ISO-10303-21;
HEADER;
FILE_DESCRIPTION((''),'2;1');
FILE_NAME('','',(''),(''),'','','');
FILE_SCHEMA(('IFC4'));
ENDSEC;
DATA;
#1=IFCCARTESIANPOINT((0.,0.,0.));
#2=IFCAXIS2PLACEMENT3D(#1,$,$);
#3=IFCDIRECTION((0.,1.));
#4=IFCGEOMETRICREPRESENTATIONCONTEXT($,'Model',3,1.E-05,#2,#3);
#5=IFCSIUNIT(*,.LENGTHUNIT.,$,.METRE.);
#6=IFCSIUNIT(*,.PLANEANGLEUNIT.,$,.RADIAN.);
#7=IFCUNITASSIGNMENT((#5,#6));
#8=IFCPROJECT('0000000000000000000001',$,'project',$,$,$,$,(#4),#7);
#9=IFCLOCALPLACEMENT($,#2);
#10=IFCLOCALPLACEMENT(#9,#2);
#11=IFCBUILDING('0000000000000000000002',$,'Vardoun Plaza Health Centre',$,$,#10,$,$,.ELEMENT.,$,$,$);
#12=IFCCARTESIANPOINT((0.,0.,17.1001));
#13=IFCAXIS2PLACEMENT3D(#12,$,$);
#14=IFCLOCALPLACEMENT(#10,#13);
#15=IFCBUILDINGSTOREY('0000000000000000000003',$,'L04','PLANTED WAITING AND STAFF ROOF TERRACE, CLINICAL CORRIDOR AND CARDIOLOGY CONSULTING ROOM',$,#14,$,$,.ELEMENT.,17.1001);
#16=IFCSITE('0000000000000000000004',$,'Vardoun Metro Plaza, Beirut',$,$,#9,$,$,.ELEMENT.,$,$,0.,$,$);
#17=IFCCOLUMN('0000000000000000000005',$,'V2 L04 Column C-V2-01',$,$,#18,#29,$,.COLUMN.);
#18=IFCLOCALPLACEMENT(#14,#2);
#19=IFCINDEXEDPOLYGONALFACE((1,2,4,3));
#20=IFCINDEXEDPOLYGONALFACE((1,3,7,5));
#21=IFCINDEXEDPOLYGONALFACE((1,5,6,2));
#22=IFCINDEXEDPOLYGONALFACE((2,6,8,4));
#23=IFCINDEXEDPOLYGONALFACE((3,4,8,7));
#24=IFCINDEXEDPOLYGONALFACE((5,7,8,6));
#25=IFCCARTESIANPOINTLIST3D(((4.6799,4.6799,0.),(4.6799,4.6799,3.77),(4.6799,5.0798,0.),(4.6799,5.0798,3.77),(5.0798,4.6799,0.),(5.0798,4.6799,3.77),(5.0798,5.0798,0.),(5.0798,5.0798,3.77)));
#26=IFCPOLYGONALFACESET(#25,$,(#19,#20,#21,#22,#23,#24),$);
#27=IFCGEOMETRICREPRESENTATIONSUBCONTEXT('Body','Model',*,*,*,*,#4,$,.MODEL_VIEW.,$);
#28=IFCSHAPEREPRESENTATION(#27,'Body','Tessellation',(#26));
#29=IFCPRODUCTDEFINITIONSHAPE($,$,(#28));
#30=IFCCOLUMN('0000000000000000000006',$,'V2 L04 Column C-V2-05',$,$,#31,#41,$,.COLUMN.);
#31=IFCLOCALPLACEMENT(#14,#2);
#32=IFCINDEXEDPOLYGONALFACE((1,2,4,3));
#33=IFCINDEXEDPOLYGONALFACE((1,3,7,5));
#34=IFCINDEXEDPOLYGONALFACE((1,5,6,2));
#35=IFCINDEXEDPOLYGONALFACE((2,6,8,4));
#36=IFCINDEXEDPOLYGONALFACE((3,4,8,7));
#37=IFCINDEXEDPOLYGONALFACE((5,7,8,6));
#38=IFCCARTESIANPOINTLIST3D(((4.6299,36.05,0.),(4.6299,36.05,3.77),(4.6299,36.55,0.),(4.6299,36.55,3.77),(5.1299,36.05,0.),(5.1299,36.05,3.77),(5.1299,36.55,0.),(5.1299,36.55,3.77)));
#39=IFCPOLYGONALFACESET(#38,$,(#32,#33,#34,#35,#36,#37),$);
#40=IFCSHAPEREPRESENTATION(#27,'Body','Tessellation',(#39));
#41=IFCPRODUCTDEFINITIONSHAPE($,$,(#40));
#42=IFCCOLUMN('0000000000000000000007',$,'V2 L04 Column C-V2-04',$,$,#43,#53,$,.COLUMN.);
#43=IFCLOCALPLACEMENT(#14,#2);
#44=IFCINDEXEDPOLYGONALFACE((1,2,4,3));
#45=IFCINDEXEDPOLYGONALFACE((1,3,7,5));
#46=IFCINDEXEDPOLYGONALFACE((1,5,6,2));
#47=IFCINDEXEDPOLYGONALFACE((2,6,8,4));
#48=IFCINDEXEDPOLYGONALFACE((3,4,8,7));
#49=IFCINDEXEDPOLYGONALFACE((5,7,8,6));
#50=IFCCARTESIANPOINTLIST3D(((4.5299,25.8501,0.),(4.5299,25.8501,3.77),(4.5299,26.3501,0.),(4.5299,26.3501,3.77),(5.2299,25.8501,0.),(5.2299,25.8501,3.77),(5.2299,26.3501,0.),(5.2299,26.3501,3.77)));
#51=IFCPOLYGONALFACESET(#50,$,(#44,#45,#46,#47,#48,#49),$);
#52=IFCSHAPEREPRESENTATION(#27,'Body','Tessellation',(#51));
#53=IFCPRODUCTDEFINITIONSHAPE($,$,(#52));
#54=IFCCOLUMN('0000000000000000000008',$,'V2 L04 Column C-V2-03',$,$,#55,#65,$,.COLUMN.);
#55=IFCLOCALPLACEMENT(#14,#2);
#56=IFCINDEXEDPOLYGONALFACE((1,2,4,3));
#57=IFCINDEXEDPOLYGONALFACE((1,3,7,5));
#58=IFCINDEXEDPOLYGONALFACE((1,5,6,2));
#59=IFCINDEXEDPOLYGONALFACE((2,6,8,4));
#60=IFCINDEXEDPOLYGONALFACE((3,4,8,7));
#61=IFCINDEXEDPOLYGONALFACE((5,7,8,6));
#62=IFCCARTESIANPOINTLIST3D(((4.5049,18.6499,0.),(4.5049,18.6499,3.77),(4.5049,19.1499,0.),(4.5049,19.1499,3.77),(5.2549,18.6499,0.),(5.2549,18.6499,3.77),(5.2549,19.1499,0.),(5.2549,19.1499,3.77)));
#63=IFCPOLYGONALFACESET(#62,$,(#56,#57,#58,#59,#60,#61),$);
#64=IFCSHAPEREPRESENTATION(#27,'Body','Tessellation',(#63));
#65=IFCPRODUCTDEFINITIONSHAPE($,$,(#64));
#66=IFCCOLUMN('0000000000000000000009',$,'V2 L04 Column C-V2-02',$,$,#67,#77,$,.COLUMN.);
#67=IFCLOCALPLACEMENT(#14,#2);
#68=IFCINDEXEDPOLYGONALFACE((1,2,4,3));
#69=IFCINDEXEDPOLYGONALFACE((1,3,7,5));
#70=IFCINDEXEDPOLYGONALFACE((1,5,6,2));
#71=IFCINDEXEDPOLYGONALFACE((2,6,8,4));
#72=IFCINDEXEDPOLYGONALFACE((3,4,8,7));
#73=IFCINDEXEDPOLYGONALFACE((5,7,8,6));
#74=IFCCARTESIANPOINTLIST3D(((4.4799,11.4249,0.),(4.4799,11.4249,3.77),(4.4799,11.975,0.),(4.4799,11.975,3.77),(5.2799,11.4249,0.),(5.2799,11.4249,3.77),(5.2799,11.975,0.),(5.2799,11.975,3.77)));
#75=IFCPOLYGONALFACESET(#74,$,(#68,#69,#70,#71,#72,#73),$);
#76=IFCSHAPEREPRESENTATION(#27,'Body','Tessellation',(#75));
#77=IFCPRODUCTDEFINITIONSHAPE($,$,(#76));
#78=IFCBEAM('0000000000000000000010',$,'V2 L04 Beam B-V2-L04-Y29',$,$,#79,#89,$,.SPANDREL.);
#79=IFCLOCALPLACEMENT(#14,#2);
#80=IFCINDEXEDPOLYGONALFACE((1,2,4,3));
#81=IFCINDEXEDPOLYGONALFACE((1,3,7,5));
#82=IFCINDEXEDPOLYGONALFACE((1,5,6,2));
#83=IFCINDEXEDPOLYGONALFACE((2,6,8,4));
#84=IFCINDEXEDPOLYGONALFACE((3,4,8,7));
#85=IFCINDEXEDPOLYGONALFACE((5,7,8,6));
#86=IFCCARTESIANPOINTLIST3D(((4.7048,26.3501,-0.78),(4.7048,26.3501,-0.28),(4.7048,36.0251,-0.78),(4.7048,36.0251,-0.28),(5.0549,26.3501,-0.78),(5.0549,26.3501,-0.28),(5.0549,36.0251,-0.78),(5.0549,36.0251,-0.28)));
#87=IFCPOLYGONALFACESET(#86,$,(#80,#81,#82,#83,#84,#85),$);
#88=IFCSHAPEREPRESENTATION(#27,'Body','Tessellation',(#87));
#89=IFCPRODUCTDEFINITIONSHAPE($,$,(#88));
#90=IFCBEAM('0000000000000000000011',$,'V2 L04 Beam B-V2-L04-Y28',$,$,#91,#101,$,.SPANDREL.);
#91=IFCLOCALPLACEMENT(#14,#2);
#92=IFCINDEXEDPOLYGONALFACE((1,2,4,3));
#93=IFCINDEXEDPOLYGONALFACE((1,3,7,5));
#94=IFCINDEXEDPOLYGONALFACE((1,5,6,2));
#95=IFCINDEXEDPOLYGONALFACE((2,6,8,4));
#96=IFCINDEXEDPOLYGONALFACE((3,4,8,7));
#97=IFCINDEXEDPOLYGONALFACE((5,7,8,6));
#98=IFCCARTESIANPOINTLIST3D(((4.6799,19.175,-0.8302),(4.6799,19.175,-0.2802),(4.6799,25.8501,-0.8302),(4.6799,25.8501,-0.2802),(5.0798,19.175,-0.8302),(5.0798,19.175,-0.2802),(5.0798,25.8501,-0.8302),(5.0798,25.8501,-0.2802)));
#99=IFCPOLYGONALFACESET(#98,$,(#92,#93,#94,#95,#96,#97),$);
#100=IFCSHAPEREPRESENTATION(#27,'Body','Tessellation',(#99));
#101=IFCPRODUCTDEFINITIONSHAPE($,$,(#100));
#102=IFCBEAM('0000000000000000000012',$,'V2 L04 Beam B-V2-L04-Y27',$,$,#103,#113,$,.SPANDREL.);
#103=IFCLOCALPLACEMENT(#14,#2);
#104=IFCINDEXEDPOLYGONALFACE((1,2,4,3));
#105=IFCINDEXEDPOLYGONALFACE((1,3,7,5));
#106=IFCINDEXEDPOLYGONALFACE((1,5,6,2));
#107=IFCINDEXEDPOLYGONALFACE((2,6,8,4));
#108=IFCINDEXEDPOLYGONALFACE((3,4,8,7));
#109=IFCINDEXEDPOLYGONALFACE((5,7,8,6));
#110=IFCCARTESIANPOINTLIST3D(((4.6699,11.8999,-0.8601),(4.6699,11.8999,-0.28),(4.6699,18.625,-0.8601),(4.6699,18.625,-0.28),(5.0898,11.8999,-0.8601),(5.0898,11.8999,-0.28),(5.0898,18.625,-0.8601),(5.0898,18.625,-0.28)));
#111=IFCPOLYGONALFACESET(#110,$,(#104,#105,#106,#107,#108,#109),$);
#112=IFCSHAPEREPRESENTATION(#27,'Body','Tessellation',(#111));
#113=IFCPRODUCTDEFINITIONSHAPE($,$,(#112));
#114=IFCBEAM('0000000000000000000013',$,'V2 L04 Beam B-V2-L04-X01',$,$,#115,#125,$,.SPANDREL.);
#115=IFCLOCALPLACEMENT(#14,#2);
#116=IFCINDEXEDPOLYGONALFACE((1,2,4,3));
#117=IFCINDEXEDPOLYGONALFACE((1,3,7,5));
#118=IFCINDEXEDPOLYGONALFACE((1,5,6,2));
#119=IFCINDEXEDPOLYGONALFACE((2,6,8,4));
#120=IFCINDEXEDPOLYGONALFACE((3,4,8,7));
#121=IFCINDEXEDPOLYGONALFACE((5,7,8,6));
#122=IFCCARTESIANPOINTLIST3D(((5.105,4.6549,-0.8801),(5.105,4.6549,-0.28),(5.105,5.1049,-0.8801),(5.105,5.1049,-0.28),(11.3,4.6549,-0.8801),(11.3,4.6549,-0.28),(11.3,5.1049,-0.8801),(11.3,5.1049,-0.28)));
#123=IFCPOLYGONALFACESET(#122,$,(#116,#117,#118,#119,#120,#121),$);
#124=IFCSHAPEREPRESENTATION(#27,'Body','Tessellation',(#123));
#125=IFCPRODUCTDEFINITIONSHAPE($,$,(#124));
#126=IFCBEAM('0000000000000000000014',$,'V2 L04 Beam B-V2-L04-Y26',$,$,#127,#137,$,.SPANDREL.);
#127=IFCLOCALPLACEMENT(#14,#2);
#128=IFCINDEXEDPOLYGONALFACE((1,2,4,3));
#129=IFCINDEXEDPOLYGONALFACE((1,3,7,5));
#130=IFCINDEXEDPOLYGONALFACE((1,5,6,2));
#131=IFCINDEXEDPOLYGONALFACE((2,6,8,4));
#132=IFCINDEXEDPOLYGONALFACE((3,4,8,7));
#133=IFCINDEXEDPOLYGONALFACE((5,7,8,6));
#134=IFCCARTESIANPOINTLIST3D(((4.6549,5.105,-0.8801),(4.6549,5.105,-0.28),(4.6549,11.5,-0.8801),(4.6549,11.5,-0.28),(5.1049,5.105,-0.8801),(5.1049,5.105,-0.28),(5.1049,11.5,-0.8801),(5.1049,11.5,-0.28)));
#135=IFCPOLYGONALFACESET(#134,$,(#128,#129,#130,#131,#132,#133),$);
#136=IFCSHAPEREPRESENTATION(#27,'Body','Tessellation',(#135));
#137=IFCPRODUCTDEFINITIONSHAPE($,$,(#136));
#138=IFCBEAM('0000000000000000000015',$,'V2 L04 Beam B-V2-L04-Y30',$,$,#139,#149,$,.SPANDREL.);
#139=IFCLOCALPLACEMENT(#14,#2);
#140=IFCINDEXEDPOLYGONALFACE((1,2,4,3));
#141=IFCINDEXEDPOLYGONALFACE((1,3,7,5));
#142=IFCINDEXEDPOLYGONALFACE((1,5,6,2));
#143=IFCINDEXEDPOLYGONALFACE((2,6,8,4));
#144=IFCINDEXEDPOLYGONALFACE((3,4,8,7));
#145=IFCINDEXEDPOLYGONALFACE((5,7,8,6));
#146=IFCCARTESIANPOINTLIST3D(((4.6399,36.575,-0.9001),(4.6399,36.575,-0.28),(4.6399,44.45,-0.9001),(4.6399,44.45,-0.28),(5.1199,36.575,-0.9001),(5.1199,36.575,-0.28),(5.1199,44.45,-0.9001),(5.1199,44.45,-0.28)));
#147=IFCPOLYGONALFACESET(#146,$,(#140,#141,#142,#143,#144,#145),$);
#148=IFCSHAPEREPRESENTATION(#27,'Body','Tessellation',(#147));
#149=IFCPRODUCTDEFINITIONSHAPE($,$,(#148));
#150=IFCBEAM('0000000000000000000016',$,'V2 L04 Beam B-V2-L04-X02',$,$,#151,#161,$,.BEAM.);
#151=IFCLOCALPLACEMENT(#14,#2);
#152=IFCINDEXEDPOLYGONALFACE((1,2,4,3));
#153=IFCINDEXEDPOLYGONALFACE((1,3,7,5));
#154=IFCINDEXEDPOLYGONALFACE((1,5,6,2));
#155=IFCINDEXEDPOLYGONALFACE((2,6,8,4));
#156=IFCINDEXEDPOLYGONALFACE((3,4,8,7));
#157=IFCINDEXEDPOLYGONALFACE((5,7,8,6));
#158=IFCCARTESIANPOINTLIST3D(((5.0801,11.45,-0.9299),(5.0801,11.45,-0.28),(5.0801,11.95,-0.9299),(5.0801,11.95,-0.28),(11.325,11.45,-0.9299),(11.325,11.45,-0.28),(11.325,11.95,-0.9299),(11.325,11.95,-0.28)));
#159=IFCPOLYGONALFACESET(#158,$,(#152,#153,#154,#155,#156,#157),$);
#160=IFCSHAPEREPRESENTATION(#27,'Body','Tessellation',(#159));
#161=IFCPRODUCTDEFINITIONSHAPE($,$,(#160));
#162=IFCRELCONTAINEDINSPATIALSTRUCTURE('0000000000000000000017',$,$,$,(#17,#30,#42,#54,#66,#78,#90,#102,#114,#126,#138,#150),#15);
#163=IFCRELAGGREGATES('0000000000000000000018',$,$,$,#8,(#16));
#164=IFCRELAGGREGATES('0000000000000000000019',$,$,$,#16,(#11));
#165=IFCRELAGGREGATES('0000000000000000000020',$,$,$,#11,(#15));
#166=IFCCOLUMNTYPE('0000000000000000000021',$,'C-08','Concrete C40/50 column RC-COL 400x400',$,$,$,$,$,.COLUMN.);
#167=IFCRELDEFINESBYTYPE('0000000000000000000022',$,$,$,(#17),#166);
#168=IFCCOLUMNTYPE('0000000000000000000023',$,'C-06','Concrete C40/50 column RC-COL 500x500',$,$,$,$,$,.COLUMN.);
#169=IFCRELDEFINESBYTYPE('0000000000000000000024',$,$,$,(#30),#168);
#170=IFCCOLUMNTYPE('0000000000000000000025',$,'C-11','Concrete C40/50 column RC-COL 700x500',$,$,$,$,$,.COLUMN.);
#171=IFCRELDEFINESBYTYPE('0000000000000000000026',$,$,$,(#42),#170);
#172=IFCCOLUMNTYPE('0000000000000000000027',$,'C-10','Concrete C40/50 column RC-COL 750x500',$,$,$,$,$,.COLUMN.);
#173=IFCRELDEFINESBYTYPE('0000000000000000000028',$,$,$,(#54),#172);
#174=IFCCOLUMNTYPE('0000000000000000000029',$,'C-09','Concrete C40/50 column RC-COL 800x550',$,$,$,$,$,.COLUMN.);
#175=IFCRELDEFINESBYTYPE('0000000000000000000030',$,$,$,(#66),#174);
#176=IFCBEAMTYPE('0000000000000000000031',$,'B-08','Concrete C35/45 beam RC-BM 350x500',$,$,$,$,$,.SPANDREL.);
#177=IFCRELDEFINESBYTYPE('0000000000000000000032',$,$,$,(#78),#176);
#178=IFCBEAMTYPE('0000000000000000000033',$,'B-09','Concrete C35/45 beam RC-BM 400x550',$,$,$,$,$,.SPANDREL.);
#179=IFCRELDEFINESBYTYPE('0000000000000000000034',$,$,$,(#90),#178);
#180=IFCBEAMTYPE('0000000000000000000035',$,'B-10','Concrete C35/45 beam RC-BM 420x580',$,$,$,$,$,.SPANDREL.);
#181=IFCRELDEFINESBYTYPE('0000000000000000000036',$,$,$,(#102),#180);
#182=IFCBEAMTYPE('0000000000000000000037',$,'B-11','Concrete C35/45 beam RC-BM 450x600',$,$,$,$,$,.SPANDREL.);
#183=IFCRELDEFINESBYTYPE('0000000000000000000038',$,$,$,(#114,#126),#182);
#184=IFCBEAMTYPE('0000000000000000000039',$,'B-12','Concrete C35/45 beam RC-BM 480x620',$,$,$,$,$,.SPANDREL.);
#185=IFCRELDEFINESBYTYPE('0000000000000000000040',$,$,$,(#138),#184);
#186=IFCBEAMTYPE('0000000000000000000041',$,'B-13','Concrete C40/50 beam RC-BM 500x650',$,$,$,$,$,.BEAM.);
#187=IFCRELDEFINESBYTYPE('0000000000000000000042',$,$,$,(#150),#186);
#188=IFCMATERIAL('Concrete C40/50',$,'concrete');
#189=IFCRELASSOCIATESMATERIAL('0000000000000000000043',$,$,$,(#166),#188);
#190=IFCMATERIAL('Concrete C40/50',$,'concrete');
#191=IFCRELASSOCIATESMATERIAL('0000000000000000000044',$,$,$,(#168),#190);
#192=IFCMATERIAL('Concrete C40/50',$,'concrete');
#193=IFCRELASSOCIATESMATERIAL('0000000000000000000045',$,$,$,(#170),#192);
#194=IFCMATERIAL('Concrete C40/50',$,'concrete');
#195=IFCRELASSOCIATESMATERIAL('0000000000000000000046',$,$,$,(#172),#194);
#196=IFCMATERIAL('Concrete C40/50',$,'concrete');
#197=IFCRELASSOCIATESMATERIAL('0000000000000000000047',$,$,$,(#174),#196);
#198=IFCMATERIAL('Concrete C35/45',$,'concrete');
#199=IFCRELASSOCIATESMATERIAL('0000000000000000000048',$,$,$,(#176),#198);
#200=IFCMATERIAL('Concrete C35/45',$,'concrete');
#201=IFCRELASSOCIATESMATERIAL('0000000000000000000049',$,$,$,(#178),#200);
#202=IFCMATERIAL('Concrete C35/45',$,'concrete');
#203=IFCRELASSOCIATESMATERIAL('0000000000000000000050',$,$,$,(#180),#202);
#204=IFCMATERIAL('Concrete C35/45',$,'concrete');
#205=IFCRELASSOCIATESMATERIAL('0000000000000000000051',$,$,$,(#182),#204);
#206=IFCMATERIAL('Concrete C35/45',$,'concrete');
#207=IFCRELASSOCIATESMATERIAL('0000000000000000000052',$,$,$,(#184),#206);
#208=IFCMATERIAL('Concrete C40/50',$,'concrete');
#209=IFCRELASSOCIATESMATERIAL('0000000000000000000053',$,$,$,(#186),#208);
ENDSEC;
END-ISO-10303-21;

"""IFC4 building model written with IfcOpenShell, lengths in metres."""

from ifc_helpers import new_model, si_unit, direction, frame, origin, origin_2d, place, context, subcontext, project, spatial, rectangle, extrude, material, material_profile, profile_set, type_object, element, save


model = new_model("IFC4")

# Units and contexts
model_context = context("Model", 3, precision=1e-05, world=origin(), true_north=direction((0.0, 1.0)))
body_context = subcontext(model_context, "Body", "Model", "MODEL_VIEW")
ifc_project = project(units=[si_unit("LENGTHUNIT", "METRE"), si_unit("PLANEANGLEUNIT", "RADIAN")], contexts=[model_context])

# Site, building, storey
site_placement = place(None, origin())
site = spatial("IfcSite", under=ifc_project, at=site_placement, Name="Vardoun Metro Plaza, Beirut", CompositionType="ELEMENT", RefElevation=0.0)
building_placement = place(site_placement, origin())
building = spatial("IfcBuilding", under=site, at=building_placement, Name="Vardoun Plaza Health Centre", CompositionType="ELEMENT")
storey_placement = place(building_placement, frame((0.0, 0.0, 17.1001)))
storey = spatial("IfcBuildingStorey", under=building, at=storey_placement, Name="L04", Description="PLANTED WAITING AND STAFF ROOF TERRACE, CLINICAL CORRIDOR AND CARDIOLOGY CONSULTING ROOM", CompositionType="ELEMENT", Elevation=17.1001)

# Columns
ifc_material_1 = material(Name="Concrete C40/50", Category="concrete")
ifc_material_profile_1 = material_profile(ifc_material_1, rectangle(XDim=0.3999, YDim=0.3999, at=origin_2d()), Name="RC-COL 400x400")
ifc_profile_set_1 = profile_set([ifc_material_profile_1], Name="Concrete C40/50")
column_type_1 = type_object("IfcColumnType", Name="C-08", Description="Concrete C40/50 column RC-COL 400x400", PredefinedType="COLUMN", material=ifc_profile_set_1)
column_1_placement = place(storey_placement, frame((4.8799, 4.8799, 0.0), z_axis=(0.0, 0.0, 1.0), x_axis=(1.0, 0.0, 0.0)))
element("IfcColumn", 1, at=column_1_placement, inside=storey, type_object=column_type_1, Name="V2 L04 Column C-V2-01", PredefinedType="COLUMN", context=body_context, shape_type="SweptSolid", body=[
    extrude(rectangle(XDim=0.3999, YDim=0.3999, at=origin_2d()), origin(), (0.0, 0.0, 1.0), 3.77),
])
ifc_material_2 = material(Name="Concrete C40/50", Category="concrete")
ifc_material_profile_2 = material_profile(ifc_material_2, rectangle(XDim=0.5, YDim=0.5, at=origin_2d()), Name="RC-COL 500x500")
ifc_profile_set_2 = profile_set([ifc_material_profile_2], Name="Concrete C40/50")
column_type_2 = type_object("IfcColumnType", Name="C-06", Description="Concrete C40/50 column RC-COL 500x500", PredefinedType="COLUMN", material=ifc_profile_set_2)
column_2_placement = place(storey_placement, frame((4.8799, 36.3, 0.0), z_axis=(0.0, 0.0, 1.0), x_axis=(1.0, 0.0, 0.0)))
element("IfcColumn", 2, at=column_2_placement, inside=storey, type_object=column_type_2, Name="V2 L04 Column C-V2-05", PredefinedType="COLUMN", context=body_context, shape_type="SweptSolid", body=[
    extrude(rectangle(XDim=0.5, YDim=0.5, at=origin_2d()), origin(), (0.0, 0.0, 1.0), 3.77),
])
ifc_material_3 = material(Name="Concrete C40/50", Category="concrete")
ifc_material_profile_3 = material_profile(ifc_material_3, rectangle(XDim=0.7, YDim=0.5, at=origin_2d()), Name="RC-COL 700x500")
ifc_profile_set_3 = profile_set([ifc_material_profile_3], Name="Concrete C40/50")
column_type_3 = type_object("IfcColumnType", Name="C-11", Description="Concrete C40/50 column RC-COL 700x500", PredefinedType="COLUMN", material=ifc_profile_set_3)
column_3_placement = place(storey_placement, frame((4.8799, 26.1001, 0.0), z_axis=(0.0, 0.0, 1.0), x_axis=(1.0, 0.0, 0.0)))
element("IfcColumn", 3, at=column_3_placement, inside=storey, type_object=column_type_3, Name="V2 L04 Column C-V2-04", PredefinedType="COLUMN", context=body_context, shape_type="SweptSolid", body=[
    extrude(rectangle(XDim=0.7, YDim=0.5, at=origin_2d()), origin(), (0.0, 0.0, 1.0), 3.77),
])
ifc_material_4 = material(Name="Concrete C40/50", Category="concrete")
ifc_material_profile_4 = material_profile(ifc_material_4, rectangle(XDim=0.75, YDim=0.5, at=origin_2d()), Name="RC-COL 750x500")
ifc_profile_set_4 = profile_set([ifc_material_profile_4], Name="Concrete C40/50")
column_type_4 = type_object("IfcColumnType", Name="C-10", Description="Concrete C40/50 column RC-COL 750x500", PredefinedType="COLUMN", material=ifc_profile_set_4)
column_4_placement = place(storey_placement, frame((4.8799, 18.8999, 0.0), z_axis=(0.0, 0.0, 1.0), x_axis=(1.0, 0.0, 0.0)))
element("IfcColumn", 4, at=column_4_placement, inside=storey, type_object=column_type_4, Name="V2 L04 Column C-V2-03", PredefinedType="COLUMN", context=body_context, shape_type="SweptSolid", body=[
    extrude(rectangle(XDim=0.75, YDim=0.5, at=origin_2d()), origin(), (0.0, 0.0, 1.0), 3.77),
])
ifc_material_5 = material(Name="Concrete C40/50", Category="concrete")
ifc_material_profile_5 = material_profile(ifc_material_5, rectangle(XDim=0.8, YDim=0.55, at=origin_2d()), Name="RC-COL 800x550")
ifc_profile_set_5 = profile_set([ifc_material_profile_5], Name="Concrete C40/50")
column_type_5 = type_object("IfcColumnType", Name="C-09", Description="Concrete C40/50 column RC-COL 800x550", PredefinedType="COLUMN", material=ifc_profile_set_5)
column_5_placement = place(storey_placement, frame((4.8799, 11.7, 0.0), z_axis=(0.0, 0.0, 1.0), x_axis=(1.0, 0.0, 0.0)))
element("IfcColumn", 5, at=column_5_placement, inside=storey, type_object=column_type_5, Name="V2 L04 Column C-V2-02", PredefinedType="COLUMN", context=body_context, shape_type="SweptSolid", body=[
    extrude(rectangle(XDim=0.8, YDim=0.55, at=origin_2d()), origin(), (0.0, 0.0, 1.0), 3.77),
])

# Beams
ifc_material_6 = material(Name="Concrete C35/45", Category="concrete")
ifc_material_profile_6 = material_profile(ifc_material_6, rectangle(XDim=0.3501, YDim=0.5, at=origin_2d()), Name="RC-BM 350x500")
ifc_profile_set_6 = profile_set([ifc_material_profile_6], Name="Concrete C35/45")
beam_type_1 = type_object("IfcBeamType", Name="B-08", Description="Concrete C35/45 beam RC-BM 350x500", PredefinedType="SPANDREL", material=ifc_profile_set_6)
beam_1_placement = place(storey_placement, frame((4.8799, 26.3501, -0.53), z_axis=(0.0, 1.0, 0.0), x_axis=(-1.0, 0.0, 0.0)))
element("IfcBeam", 6, at=beam_1_placement, inside=storey, type_object=beam_type_1, Name="V2 L04 Beam B-V2-L04-Y29", PredefinedType="SPANDREL", context=body_context, shape_type="SweptSolid", body=[
    extrude(rectangle(XDim=0.3501, YDim=0.5, at=origin_2d()), origin(), (0.0, 0.0, 1.0), 9.675),
])
ifc_material_7 = material(Name="Concrete C35/45", Category="concrete")
ifc_material_profile_7 = material_profile(ifc_material_7, rectangle(XDim=0.3999, YDim=0.55, at=origin_2d()), Name="RC-BM 400x550")
ifc_profile_set_7 = profile_set([ifc_material_profile_7], Name="Concrete C35/45")
beam_type_2 = type_object("IfcBeamType", Name="B-09", Description="Concrete C35/45 beam RC-BM 400x550", PredefinedType="SPANDREL", material=ifc_profile_set_7)
beam_2_placement = place(storey_placement, frame((4.8799, 19.175, -0.5552), z_axis=(0.0, 1.0, 0.0), x_axis=(-1.0, 0.0, 0.0)))
element("IfcBeam", 7, at=beam_2_placement, inside=storey, type_object=beam_type_2, Name="V2 L04 Beam B-V2-L04-Y28", PredefinedType="SPANDREL", context=body_context, shape_type="SweptSolid", body=[
    extrude(rectangle(XDim=0.3999, YDim=0.55, at=origin_2d()), origin(), (0.0, 0.0, 1.0), 6.675),
])
ifc_material_8 = material(Name="Concrete C35/45", Category="concrete")
ifc_material_profile_8 = material_profile(ifc_material_8, rectangle(XDim=0.4199, YDim=0.5801, at=origin_2d()), Name="RC-BM 420x580")
ifc_profile_set_8 = profile_set([ifc_material_profile_8], Name="Concrete C35/45")
beam_type_3 = type_object("IfcBeamType", Name="B-10", Description="Concrete C35/45 beam RC-BM 420x580", PredefinedType="SPANDREL", material=ifc_profile_set_8)
beam_3_placement = place(storey_placement, frame((4.8799, 11.8999, -0.5701), z_axis=(0.0, 1.0, 0.0), x_axis=(-1.0, 0.0, 0.0)))
element("IfcBeam", 8, at=beam_3_placement, inside=storey, type_object=beam_type_3, Name="V2 L04 Beam B-V2-L04-Y27", PredefinedType="SPANDREL", context=body_context, shape_type="SweptSolid", body=[
    extrude(rectangle(XDim=0.4199, YDim=0.5801, at=origin_2d()), origin(), (0.0, 0.0, 1.0), 6.7251),
])
ifc_material_9 = material(Name="Concrete C35/45", Category="concrete")
ifc_material_profile_9 = material_profile(ifc_material_9, rectangle(XDim=0.45, YDim=0.6001, at=origin_2d()), Name="RC-BM 450x600")
ifc_profile_set_9 = profile_set([ifc_material_profile_9], Name="Concrete C35/45")
beam_type_4 = type_object("IfcBeamType", Name="B-11", Description="Concrete C35/45 beam RC-BM 450x600", PredefinedType="SPANDREL", material=ifc_profile_set_9)
beam_4_placement = place(storey_placement, frame((5.105, 4.8799, -0.5801), z_axis=(1.0, 0.0, 0.0), x_axis=(0.0, 1.0, 0.0)))
element("IfcBeam", 9, at=beam_4_placement, inside=storey, type_object=beam_type_4, Name="V2 L04 Beam B-V2-L04-X01", PredefinedType="SPANDREL", context=body_context, shape_type="SweptSolid", body=[
    extrude(rectangle(XDim=0.45, YDim=0.6001, at=origin_2d()), origin(), (0.0, 0.0, 1.0), 6.1951),
])
beam_5_placement = place(storey_placement, frame((4.8799, 5.105, -0.5801), z_axis=(0.0, 1.0, 0.0), x_axis=(-1.0, 0.0, 0.0)))
element("IfcBeam", 10, at=beam_5_placement, inside=storey, type_object=beam_type_4, Name="V2 L04 Beam B-V2-L04-Y26", PredefinedType="SPANDREL", context=body_context, shape_type="SweptSolid", body=[
    extrude(rectangle(XDim=0.45, YDim=0.6001, at=origin_2d()), origin(), (0.0, 0.0, 1.0), 6.395),
])
ifc_material_10 = material(Name="Concrete C35/45", Category="concrete")
ifc_material_profile_10 = material_profile(ifc_material_10, rectangle(XDim=0.48, YDim=0.6201, at=origin_2d()), Name="RC-BM 480x620")
ifc_profile_set_10 = profile_set([ifc_material_profile_10], Name="Concrete C35/45")
beam_type_5 = type_object("IfcBeamType", Name="B-12", Description="Concrete C35/45 beam RC-BM 480x620", PredefinedType="SPANDREL", material=ifc_profile_set_10)
beam_6_placement = place(storey_placement, frame((4.8799, 36.575, -0.5901), z_axis=(0.0, 1.0, 0.0), x_axis=(-1.0, 0.0, 0.0)))
element("IfcBeam", 11, at=beam_6_placement, inside=storey, type_object=beam_type_5, Name="V2 L04 Beam B-V2-L04-Y30", PredefinedType="SPANDREL", context=body_context, shape_type="SweptSolid", body=[
    extrude(rectangle(XDim=0.48, YDim=0.6201, at=origin_2d()), origin(), (0.0, 0.0, 1.0), 7.875),
])
ifc_material_11 = material(Name="Concrete C40/50", Category="concrete")
ifc_material_profile_11 = material_profile(ifc_material_11, rectangle(XDim=0.5, YDim=0.6499, at=origin_2d()), Name="RC-BM 500x650")
ifc_profile_set_11 = profile_set([ifc_material_profile_11], Name="Concrete C40/50")
beam_type_6 = type_object("IfcBeamType", Name="B-13", Description="Concrete C40/50 beam RC-BM 500x650", PredefinedType="BEAM", material=ifc_profile_set_11)
beam_7_placement = place(storey_placement, frame((5.0801, 11.7, -0.605), z_axis=(1.0, 0.0, 0.0), x_axis=(0.0, 1.0, 0.0)))
element("IfcBeam", 12, at=beam_7_placement, inside=storey, type_object=beam_type_6, Name="V2 L04 Beam B-V2-L04-X02", PredefinedType="BEAM", context=body_context, shape_type="SweptSolid", body=[
    extrude(rectangle(XDim=0.5, YDim=0.6499, at=origin_2d()), origin(), (0.0, 0.0, 1.0), 6.2449),
])

save(model, "model.ifc")
